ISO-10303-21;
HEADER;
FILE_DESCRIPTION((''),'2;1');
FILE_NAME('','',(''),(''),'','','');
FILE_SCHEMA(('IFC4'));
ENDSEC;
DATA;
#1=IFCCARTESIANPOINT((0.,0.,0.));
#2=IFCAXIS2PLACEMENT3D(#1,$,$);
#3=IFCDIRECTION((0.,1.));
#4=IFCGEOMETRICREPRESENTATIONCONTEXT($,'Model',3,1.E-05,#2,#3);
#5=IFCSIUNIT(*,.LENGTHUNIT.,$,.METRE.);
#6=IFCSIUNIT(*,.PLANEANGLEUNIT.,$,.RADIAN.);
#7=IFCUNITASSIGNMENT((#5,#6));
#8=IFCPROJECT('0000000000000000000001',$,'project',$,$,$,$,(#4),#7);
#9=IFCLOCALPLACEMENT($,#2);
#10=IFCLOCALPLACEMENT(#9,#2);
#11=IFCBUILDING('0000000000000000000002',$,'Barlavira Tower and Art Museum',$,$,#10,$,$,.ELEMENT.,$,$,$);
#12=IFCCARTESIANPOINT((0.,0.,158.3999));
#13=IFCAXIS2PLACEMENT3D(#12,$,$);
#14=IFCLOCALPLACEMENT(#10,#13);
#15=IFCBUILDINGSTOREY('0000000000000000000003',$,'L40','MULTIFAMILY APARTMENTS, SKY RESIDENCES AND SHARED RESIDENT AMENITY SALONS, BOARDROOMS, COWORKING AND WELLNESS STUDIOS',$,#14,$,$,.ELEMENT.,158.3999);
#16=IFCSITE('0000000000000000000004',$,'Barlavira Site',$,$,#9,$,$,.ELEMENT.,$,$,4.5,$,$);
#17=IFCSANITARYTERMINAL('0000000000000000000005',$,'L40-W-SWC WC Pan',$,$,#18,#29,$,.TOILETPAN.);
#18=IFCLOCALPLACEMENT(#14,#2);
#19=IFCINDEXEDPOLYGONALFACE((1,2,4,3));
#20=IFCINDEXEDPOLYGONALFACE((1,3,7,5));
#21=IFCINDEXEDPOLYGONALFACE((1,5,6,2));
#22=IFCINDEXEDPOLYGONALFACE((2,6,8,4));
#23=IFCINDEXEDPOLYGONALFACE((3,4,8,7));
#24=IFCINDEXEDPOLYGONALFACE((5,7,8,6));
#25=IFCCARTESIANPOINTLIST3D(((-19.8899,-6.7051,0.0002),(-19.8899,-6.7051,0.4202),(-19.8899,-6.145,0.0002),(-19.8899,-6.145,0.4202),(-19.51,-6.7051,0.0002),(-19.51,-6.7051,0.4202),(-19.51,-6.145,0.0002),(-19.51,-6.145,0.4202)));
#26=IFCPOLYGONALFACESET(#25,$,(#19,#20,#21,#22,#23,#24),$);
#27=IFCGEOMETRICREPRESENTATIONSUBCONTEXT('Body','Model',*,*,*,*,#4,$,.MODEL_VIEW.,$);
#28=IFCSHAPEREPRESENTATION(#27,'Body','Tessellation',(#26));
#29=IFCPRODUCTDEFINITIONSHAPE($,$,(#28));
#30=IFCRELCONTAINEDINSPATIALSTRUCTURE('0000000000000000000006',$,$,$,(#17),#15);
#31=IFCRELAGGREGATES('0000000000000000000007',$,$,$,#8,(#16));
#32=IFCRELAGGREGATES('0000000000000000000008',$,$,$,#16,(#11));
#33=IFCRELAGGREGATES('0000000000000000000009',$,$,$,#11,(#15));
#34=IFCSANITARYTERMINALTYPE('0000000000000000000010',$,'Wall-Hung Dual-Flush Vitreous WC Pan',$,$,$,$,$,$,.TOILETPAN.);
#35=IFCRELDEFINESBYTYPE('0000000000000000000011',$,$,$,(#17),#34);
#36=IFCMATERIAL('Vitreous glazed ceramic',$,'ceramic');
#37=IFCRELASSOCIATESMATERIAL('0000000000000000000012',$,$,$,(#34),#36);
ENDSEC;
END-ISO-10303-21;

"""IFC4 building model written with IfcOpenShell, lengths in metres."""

from ifc_helpers import new_model, si_unit, direction, frame, origin, origin_2d, place, context, subcontext, project, spatial, rectangle, extrude, material, type_object, element, save


model = new_model("IFC4")

# Units and contexts
model_context = context("Model", 3, precision=1e-05, world=origin(), true_north=direction((0.0, 1.0)))
body_context = subcontext(model_context, "Body", "Model", "MODEL_VIEW")
ifc_project = project(units=[si_unit("LENGTHUNIT", "METRE"), si_unit("PLANEANGLEUNIT", "RADIAN")], contexts=[model_context])

# Site, building, storey
site_placement = place(None, origin())
site = spatial("IfcSite", under=ifc_project, at=site_placement, Name="Barlavira Site", CompositionType="ELEMENT", RefElevation=4.5)
building_placement = place(site_placement, origin())
building = spatial("IfcBuilding", under=site, at=building_placement, Name="Barlavira Tower and Art Museum", CompositionType="ELEMENT")
storey_placement = place(building_placement, frame((0.0, 0.0, 158.3999)))
storey = spatial("IfcBuildingStorey", under=building, at=storey_placement, Name="L40", Description="MULTIFAMILY APARTMENTS, SKY RESIDENCES AND SHARED RESIDENT AMENITY SALONS, BOARDROOMS, COWORKING AND WELLNESS STUDIOS", CompositionType="ELEMENT", Elevation=158.3999)

# Sanitary terminal
ifc_material_1 = material(Name="Vitreous glazed ceramic", Category="ceramic")
sanitary_terminal_type_1 = type_object("IfcSanitaryTerminalType", Name="Wall-Hung Dual-Flush Vitreous WC Pan", PredefinedType="TOILETPAN", material=ifc_material_1)
sanitary_terminal_1_placement = place(storey_placement, frame((-19.7, -6.425, 0.0002), z_axis=(0.0, 0.0, 1.0), x_axis=(1.0, 0.0, 0.0)))
element("IfcSanitaryTerminal", 1, at=sanitary_terminal_1_placement, inside=storey, type_object=sanitary_terminal_type_1, Name="L40-W-SWC WC Pan", PredefinedType="TOILETPAN", context=body_context, shape_type="SweptSolid", body=[
    extrude(rectangle(XDim=0.3799, YDim=0.5601, at=origin_2d()), origin(), (0.0, 0.0, 1.0), 0.4199),
])

save(model, "model.ifc")
